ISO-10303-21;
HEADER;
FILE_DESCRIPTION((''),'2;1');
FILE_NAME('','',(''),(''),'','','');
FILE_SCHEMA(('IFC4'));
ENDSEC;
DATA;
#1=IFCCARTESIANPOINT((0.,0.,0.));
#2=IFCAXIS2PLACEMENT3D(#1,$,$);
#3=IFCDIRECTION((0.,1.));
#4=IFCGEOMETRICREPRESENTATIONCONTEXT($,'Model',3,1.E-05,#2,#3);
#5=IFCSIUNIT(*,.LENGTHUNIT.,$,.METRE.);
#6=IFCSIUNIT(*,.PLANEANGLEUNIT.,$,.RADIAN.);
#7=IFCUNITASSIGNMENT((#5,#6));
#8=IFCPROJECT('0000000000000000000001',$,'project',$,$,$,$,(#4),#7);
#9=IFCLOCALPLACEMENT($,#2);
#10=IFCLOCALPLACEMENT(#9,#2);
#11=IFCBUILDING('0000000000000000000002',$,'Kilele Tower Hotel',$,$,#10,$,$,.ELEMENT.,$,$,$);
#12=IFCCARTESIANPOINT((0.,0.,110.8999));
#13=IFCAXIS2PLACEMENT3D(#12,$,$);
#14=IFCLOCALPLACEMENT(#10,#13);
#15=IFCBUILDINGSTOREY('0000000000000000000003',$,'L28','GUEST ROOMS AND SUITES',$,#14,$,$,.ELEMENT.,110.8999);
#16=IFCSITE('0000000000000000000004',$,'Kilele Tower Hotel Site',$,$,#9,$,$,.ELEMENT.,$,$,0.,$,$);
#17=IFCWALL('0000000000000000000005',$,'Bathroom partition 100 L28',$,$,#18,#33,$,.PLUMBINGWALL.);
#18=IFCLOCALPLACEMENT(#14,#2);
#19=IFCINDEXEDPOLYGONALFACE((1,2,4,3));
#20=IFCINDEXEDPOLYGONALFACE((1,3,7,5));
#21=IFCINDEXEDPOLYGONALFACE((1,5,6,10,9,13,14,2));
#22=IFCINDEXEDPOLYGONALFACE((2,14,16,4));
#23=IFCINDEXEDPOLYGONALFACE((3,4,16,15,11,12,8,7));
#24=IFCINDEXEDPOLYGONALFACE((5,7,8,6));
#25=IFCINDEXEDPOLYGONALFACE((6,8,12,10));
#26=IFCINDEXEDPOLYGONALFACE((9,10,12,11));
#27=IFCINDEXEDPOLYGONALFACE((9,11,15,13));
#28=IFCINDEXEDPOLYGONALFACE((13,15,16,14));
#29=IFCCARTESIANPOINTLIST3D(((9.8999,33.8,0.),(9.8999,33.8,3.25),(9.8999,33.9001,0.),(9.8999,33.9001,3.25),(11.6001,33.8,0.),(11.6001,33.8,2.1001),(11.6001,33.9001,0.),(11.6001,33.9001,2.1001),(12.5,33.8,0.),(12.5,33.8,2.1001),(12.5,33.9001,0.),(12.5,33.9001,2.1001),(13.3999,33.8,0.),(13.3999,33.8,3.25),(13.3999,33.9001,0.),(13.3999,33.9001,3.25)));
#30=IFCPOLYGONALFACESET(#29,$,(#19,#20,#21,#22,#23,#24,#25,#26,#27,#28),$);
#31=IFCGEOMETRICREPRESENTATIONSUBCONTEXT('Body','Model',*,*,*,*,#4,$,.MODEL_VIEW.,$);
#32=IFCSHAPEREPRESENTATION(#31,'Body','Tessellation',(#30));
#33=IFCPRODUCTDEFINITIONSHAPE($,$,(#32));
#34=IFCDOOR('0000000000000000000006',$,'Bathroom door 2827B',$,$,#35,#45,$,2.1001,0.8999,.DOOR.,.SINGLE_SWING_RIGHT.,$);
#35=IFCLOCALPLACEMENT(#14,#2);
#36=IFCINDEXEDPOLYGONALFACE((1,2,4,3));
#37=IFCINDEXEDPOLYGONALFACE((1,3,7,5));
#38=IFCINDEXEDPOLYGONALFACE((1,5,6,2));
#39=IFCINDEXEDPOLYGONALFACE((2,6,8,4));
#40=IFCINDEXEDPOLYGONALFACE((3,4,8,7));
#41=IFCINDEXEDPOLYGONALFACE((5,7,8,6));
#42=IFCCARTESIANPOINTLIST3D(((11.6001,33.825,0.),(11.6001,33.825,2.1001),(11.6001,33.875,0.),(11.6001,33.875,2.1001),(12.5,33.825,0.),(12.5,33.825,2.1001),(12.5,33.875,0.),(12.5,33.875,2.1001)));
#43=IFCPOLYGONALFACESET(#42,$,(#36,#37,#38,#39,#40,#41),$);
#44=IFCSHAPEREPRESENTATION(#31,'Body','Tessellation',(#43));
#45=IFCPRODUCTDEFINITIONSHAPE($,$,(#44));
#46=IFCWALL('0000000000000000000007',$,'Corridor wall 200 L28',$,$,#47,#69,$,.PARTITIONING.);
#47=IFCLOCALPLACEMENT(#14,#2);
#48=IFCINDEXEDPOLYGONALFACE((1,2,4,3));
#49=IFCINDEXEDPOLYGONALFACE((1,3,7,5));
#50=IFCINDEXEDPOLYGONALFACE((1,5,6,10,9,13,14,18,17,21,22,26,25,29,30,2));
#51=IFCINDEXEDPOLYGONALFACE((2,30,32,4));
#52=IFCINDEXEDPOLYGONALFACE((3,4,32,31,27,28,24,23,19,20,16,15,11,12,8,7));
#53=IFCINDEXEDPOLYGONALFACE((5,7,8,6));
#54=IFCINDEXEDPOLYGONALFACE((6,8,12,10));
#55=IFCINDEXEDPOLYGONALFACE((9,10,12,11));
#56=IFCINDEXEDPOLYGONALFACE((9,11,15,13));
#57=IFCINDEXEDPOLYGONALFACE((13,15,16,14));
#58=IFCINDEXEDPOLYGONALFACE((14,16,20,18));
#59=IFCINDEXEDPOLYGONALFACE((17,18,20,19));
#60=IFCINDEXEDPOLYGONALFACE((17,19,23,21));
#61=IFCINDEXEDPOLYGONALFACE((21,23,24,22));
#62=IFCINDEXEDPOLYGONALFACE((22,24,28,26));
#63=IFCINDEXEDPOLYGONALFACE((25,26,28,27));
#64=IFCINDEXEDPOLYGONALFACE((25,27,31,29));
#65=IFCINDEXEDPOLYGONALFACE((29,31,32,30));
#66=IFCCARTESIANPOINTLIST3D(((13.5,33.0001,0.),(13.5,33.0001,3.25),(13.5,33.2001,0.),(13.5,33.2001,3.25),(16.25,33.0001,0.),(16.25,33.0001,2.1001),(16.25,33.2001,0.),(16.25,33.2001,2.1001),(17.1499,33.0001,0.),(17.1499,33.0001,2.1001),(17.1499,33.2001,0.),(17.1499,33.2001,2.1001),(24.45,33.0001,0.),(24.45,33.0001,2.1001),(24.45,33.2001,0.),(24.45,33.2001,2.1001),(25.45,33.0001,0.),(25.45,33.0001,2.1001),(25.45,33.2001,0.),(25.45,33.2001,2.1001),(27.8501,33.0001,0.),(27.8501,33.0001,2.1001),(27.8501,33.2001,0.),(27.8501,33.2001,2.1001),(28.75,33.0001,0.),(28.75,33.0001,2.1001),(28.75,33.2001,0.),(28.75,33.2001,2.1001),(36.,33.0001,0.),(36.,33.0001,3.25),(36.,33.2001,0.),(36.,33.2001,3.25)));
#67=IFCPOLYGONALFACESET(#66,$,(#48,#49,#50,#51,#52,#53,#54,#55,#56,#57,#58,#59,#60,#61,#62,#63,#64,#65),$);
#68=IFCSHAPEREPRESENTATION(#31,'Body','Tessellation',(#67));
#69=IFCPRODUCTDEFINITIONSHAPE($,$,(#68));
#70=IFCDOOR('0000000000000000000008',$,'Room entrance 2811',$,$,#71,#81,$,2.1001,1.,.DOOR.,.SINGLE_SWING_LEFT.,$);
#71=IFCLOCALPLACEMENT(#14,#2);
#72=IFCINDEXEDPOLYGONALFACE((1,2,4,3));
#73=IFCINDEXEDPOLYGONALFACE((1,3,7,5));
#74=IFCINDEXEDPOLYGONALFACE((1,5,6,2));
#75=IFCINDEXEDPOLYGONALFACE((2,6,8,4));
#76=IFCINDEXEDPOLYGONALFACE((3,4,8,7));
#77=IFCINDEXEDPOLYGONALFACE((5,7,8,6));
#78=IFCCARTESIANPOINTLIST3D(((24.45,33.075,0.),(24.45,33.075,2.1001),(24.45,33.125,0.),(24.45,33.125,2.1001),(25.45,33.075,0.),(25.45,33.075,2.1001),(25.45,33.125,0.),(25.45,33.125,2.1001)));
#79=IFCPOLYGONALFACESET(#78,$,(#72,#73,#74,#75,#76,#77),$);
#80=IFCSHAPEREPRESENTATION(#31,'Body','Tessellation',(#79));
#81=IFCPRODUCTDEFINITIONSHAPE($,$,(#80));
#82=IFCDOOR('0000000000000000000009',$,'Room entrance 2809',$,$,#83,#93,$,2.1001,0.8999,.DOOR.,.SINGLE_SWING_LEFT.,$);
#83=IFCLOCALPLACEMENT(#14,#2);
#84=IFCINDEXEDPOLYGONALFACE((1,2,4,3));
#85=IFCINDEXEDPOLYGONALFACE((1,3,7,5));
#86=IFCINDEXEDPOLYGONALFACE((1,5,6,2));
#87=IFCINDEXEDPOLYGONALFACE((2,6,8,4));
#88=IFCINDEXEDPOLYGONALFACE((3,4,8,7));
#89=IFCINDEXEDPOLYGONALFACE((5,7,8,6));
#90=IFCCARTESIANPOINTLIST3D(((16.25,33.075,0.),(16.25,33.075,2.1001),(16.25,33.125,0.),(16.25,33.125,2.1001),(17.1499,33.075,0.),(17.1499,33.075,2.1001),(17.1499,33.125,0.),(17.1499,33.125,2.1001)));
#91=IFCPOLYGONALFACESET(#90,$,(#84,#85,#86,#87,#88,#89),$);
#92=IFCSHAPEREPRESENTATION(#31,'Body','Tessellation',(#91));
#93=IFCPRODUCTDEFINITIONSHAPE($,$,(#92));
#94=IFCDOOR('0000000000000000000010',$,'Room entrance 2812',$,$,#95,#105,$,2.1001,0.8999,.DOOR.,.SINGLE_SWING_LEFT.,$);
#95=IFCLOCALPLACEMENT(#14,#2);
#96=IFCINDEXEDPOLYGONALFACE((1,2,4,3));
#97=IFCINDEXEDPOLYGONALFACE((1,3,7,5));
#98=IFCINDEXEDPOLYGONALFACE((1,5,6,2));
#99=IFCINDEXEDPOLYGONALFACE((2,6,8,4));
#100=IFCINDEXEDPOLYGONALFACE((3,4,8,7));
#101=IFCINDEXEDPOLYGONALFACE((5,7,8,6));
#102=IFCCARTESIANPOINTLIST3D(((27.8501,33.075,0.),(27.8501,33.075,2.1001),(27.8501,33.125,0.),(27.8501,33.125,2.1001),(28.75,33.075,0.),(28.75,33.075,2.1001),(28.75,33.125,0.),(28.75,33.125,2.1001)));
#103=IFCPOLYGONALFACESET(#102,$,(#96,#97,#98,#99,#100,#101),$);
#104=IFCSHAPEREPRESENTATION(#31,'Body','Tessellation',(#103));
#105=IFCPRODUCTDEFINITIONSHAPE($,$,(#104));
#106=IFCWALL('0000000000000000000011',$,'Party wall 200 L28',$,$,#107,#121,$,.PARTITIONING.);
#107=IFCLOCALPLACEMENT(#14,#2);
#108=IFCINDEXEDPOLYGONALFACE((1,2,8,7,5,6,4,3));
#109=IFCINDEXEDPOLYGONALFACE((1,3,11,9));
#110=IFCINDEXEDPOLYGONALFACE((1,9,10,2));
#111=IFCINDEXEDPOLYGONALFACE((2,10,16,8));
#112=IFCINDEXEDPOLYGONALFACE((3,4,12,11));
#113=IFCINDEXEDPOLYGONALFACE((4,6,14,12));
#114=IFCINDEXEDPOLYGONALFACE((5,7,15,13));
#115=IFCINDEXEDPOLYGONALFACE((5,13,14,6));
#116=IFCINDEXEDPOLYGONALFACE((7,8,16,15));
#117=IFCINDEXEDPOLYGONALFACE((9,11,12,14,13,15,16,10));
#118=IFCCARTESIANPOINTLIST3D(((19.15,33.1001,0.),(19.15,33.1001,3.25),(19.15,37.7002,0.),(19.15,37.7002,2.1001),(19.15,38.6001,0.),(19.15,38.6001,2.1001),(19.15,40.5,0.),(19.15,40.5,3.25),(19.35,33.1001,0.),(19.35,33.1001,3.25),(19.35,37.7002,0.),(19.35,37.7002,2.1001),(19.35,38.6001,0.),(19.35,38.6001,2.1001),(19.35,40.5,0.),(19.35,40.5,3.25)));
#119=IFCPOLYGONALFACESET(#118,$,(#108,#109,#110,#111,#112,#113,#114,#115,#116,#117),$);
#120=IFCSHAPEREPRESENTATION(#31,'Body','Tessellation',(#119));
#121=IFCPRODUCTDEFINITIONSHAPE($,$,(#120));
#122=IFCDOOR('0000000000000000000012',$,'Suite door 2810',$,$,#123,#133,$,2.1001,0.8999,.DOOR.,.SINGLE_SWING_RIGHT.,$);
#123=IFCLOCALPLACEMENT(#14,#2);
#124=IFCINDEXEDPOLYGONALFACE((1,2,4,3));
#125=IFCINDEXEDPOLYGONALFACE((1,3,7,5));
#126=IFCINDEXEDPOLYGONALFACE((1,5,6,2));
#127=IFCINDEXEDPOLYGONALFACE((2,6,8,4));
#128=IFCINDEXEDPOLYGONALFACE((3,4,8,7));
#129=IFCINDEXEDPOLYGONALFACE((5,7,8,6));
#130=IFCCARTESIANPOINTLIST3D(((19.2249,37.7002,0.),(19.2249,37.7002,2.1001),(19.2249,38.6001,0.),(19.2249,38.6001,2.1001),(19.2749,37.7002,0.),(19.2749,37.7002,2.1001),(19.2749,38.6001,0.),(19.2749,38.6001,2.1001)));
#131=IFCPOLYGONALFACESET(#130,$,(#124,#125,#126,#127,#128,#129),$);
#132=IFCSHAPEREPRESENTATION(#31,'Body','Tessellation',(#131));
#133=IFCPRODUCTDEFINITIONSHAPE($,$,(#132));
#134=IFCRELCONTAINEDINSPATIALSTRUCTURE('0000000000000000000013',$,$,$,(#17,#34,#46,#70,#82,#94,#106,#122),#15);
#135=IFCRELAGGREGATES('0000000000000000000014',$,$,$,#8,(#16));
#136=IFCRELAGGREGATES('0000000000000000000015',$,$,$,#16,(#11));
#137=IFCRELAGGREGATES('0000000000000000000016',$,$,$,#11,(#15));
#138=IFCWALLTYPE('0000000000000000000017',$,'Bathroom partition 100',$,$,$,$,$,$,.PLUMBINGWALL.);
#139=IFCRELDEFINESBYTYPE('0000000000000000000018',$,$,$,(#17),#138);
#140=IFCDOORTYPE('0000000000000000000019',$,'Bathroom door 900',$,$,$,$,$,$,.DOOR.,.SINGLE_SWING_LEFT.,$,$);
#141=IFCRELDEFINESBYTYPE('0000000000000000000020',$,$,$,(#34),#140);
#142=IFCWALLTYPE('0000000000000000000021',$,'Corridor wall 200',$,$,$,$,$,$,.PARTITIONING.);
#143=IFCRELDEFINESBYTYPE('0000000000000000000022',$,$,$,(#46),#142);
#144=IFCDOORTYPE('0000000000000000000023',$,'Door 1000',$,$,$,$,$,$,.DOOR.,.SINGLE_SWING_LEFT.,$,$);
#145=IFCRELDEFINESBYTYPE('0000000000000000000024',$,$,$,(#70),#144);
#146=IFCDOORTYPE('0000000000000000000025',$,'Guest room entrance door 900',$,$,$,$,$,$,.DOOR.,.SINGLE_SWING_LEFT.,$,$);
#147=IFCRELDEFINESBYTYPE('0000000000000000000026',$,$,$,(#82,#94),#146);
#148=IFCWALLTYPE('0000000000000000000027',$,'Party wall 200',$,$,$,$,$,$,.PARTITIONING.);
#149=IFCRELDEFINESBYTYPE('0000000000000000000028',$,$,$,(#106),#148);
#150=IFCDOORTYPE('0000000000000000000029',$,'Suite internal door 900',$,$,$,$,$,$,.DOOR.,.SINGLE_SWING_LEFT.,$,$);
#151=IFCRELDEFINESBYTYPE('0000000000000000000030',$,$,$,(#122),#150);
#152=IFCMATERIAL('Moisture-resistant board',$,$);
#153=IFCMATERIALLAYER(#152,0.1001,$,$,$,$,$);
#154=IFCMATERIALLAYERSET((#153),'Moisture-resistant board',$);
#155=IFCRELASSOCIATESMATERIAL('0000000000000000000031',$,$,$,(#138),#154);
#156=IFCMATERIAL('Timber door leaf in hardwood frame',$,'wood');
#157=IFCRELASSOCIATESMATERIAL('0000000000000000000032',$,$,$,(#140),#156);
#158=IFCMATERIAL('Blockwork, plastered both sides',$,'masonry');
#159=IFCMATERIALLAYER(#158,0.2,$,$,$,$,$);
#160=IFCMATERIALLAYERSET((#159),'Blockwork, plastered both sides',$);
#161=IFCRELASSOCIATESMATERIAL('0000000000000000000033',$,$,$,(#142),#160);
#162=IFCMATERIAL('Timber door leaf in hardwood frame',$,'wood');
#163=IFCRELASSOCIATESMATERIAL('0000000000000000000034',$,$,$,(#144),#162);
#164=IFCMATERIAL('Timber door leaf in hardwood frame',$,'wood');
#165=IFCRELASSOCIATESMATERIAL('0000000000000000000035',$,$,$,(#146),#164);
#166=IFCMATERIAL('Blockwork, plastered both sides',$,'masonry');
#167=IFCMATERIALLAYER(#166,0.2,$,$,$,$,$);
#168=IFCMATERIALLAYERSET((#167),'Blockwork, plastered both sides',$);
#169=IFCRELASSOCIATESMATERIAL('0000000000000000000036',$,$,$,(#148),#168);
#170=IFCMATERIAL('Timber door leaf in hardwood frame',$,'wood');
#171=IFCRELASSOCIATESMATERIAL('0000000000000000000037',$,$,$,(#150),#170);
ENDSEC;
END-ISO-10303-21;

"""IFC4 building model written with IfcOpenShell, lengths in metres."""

from ifc_helpers import new_model, si_unit, direction, frame, frame_2d, origin, place, context, subcontext, project, spatial, rectangle, extrude, material, layer, layer_set, type_object, element, fill, save


model = new_model("IFC4")

# Units and contexts
model_context = context("Model", 3, precision=1e-05, world=origin(), true_north=direction((0.0, 1.0)))
body_context = subcontext(model_context, "Body", "Model", "MODEL_VIEW")
ifc_project = project(units=[si_unit("LENGTHUNIT", "METRE"), si_unit("PLANEANGLEUNIT", "RADIAN")], contexts=[model_context])

# Site, building, storey
site_placement = place(None, origin())
site = spatial("IfcSite", under=ifc_project, at=site_placement, Name="Kilele Tower Hotel Site", CompositionType="ELEMENT", RefElevation=0.0)
building_placement = place(site_placement, origin())
building = spatial("IfcBuilding", under=site, at=building_placement, Name="Kilele Tower Hotel", CompositionType="ELEMENT")
storey_placement = place(building_placement, frame((0.0, 0.0, 110.8999)))
storey = spatial("IfcBuildingStorey", under=building, at=storey_placement, Name="L28", Description="GUEST ROOMS AND SUITES", CompositionType="ELEMENT", Elevation=110.8999)

# Shared definitions
ifc_material_1 = material(Name="Moisture-resistant board")
ifc_layer_1 = layer(ifc_material_1, 0.1001)
ifc_layer_set_1 = layer_set([ifc_layer_1], Name="Moisture-resistant board")
wall_type_1 = type_object("IfcWallType", Name="Bathroom partition 100", PredefinedType="PLUMBINGWALL", material=ifc_layer_set_1)

# Shared definitions
ifc_material_2 = material(Name="Timber door leaf in hardwood frame", Category="wood")
door_type_1 = type_object("IfcDoorType", Name="Bathroom door 900", OperationType="SINGLE_SWING_LEFT", PredefinedType="DOOR", material=ifc_material_2)

# Wall, opening, door
wall_1_placement = place(storey_placement, frame((13.3999, 33.8501, 0.0), z_axis=(0.0, 0.0, 1.0), x_axis=(-1.0, 0.0, 0.0)))
wall_1 = element("IfcWall", 1, at=wall_1_placement, inside=storey, type_object=wall_type_1, Name="Bathroom partition 100 L28", PredefinedType="PLUMBINGWALL", context=body_context, shape_type="SweptSolid", body=[
    extrude(rectangle(XDim=3.5, YDim=0.1001, at=frame_2d((1.75, 0.0))), origin(), (0.0, 0.0, 1.0), 3.25),
])
opening_1_placement = place(wall_1_placement, frame((1.7998, 0.0, 0.0), z_axis=(0.0, 0.0, 1.0), x_axis=(-1.0, 0.0, 0.0)))
opening_1 = element("IfcOpeningElement", 2, at=opening_1_placement, cuts=wall_1, PredefinedType="OPENING", context=body_context, shape_type="SweptSolid", body=[
    extrude(rectangle(XDim=0.8999, YDim=2.1001, at=frame_2d((0.45, 1.05))), frame((0.0, 0.0601, 0.0), z_axis=(0.0, -1.0, 0.0), x_axis=(1.0, 0.0, 0.0)), (0.0, 0.0, 1.0), 0.1201),
])
door_1_placement = place(opening_1_placement, origin())
door_1 = element("IfcDoor", 3, at=door_1_placement, inside=storey, type_object=door_type_1, Name="Bathroom door 2827B", OperationType="SINGLE_SWING_RIGHT", OverallHeight=2.1001, OverallWidth=0.8999, PredefinedType="DOOR", context=body_context, shape_type="SweptSolid", body=[
    extrude(rectangle(XDim=0.8999, YDim=2.1001, at=frame_2d((0.45, 1.05))), frame((0.0, 0.0249, 0.0), z_axis=(0.0, -1.0, 0.0), x_axis=(1.0, 0.0, 0.0)), (0.0, 0.0, 1.0), 0.05),
])
fill(opening_1, door_1)

# Wall, openings, doors
ifc_material_3 = material(Name="Blockwork, plastered both sides", Category="masonry")
ifc_layer_2 = layer(ifc_material_3, 0.2)
ifc_layer_set_2 = layer_set([ifc_layer_2], Name="Blockwork, plastered both sides")
wall_type_2 = type_object("IfcWallType", Name="Corridor wall 200", PredefinedType="PARTITIONING", material=ifc_layer_set_2)
wall_2_placement = place(storey_placement, frame((13.5, 33.1001, 0.0), z_axis=(0.0, 0.0, 1.0), x_axis=(1.0, 0.0, 0.0)))
wall_2 = element("IfcWall", 4, at=wall_2_placement, inside=storey, type_object=wall_type_2, Name="Corridor wall 200 L28", PredefinedType="PARTITIONING", context=body_context, shape_type="SweptSolid", body=[
    extrude(rectangle(XDim=22.5, YDim=0.2, at=frame_2d((11.25, 0.0))), origin(), (0.0, 0.0, 1.0), 3.25),
])
opening_2_placement = place(wall_2_placement, frame((2.75, 0.0, 0.0)))
opening_2 = element("IfcOpeningElement", 5, at=opening_2_placement, cuts=wall_2, PredefinedType="OPENING", context=body_context, shape_type="SweptSolid", body=[
    extrude(rectangle(XDim=0.8999, YDim=2.1001, at=frame_2d((0.45, 1.05))), frame((0.0, 0.1099, 0.0), z_axis=(0.0, -1.0, 0.0), x_axis=(1.0, 0.0, 0.0)), (0.0, 0.0, 1.0), 0.22),
])
opening_3_placement = place(wall_2_placement, frame((10.95, 0.0, 0.0)))
opening_3 = element("IfcOpeningElement", 6, at=opening_3_placement, cuts=wall_2, PredefinedType="OPENING", context=body_context, shape_type="SweptSolid", body=[
    extrude(rectangle(XDim=1.0, YDim=2.1001, at=frame_2d((0.5, 1.05))), frame((0.0, 0.1099, 0.0), z_axis=(0.0, -1.0, 0.0), x_axis=(1.0, 0.0, 0.0)), (0.0, 0.0, 1.0), 0.22),
])
opening_4_placement = place(wall_2_placement, frame((14.3501, 0.0, 0.0)))
opening_4 = element("IfcOpeningElement", 7, at=opening_4_placement, cuts=wall_2, PredefinedType="OPENING", context=body_context, shape_type="SweptSolid", body=[
    extrude(rectangle(XDim=0.8999, YDim=2.1001, at=frame_2d((0.45, 1.05))), frame((0.0, 0.1099, 0.0), z_axis=(0.0, -1.0, 0.0), x_axis=(1.0, 0.0, 0.0)), (0.0, 0.0, 1.0), 0.22),
])
ifc_material_4 = material(Name="Timber door leaf in hardwood frame", Category="wood")
door_type_2 = type_object("IfcDoorType", Name="Door 1000", OperationType="SINGLE_SWING_LEFT", PredefinedType="DOOR", material=ifc_material_4)
door_2_placement = place(opening_3_placement, origin())
door_2 = element("IfcDoor", 8, at=door_2_placement, inside=storey, type_object=door_type_2, Name="Room entrance 2811", OperationType="SINGLE_SWING_LEFT", OverallHeight=2.1001, OverallWidth=1.0, PredefinedType="DOOR", context=body_context, shape_type="SweptSolid", body=[
    extrude(rectangle(XDim=1.0, YDim=2.1001, at=frame_2d((0.5, 1.05))), frame((0.0, 0.0249, 0.0), z_axis=(0.0, -1.0, 0.0), x_axis=(1.0, 0.0, 0.0)), (0.0, 0.0, 1.0), 0.05),
])
fill(opening_3, door_2)
ifc_material_5 = material(Name="Timber door leaf in hardwood frame", Category="wood")
door_type_3 = type_object("IfcDoorType", Name="Guest room entrance door 900", OperationType="SINGLE_SWING_LEFT", PredefinedType="DOOR", material=ifc_material_5)
door_3_placement = place(opening_2_placement, origin())
door_3 = element("IfcDoor", 9, at=door_3_placement, inside=storey, type_object=door_type_3, Name="Room entrance 2809", OperationType="SINGLE_SWING_LEFT", OverallHeight=2.1001, OverallWidth=0.8999, PredefinedType="DOOR", context=body_context, shape_type="SweptSolid", body=[
    extrude(rectangle(XDim=0.8999, YDim=2.1001, at=frame_2d((0.45, 1.05))), frame((0.0, 0.0249, 0.0), z_axis=(0.0, -1.0, 0.0), x_axis=(1.0, 0.0, 0.0)), (0.0, 0.0, 1.0), 0.05),
])
fill(opening_2, door_3)
door_4_placement = place(opening_4_placement, origin())
door_4 = element("IfcDoor", 10, at=door_4_placement, inside=storey, type_object=door_type_3, Name="Room entrance 2812", OperationType="SINGLE_SWING_LEFT", OverallHeight=2.1001, OverallWidth=0.8999, PredefinedType="DOOR", context=body_context, shape_type="SweptSolid", body=[
    extrude(rectangle(XDim=0.8999, YDim=2.1001, at=frame_2d((0.45, 1.05))), frame((0.0, 0.0249, 0.0), z_axis=(0.0, -1.0, 0.0), x_axis=(1.0, 0.0, 0.0)), (0.0, 0.0, 1.0), 0.05),
])
fill(opening_4, door_4)

# Wall, opening, door
ifc_material_6 = material(Name="Blockwork, plastered both sides", Category="masonry")
ifc_layer_3 = layer(ifc_material_6, 0.2)
ifc_layer_set_3 = layer_set([ifc_layer_3], Name="Blockwork, plastered both sides")
wall_type_3 = type_object("IfcWallType", Name="Party wall 200", PredefinedType="PARTITIONING", material=ifc_layer_set_3)
wall_3_placement = place(storey_placement, frame((19.25, 33.1001, 0.0), z_axis=(0.0, 0.0, 1.0), x_axis=(0.0, 1.0, 0.0)))
wall_3 = element("IfcWall", 11, at=wall_3_placement, inside=storey, type_object=wall_type_3, Name="Party wall 200 L28", PredefinedType="PARTITIONING", context=body_context, shape_type="SweptSolid", body=[
    extrude(rectangle(XDim=7.3999, YDim=0.2, at=frame_2d((3.7, 0.0))), origin(), (0.0, 0.0, 1.0), 3.25),
])
opening_5_placement = place(wall_3_placement, frame((5.5, 0.0, 0.0), z_axis=(0.0, 0.0, 1.0), x_axis=(-1.0, 0.0, 0.0)))
opening_5 = element("IfcOpeningElement", 12, at=opening_5_placement, cuts=wall_3, PredefinedType="OPENING", context=body_context, shape_type="SweptSolid", body=[
    extrude(rectangle(XDim=0.8999, YDim=2.1001, at=frame_2d((0.45, 1.05))), frame((0.0, 0.1099, 0.0), z_axis=(0.0, -1.0, 0.0), x_axis=(1.0, 0.0, 0.0)), (0.0, 0.0, 1.0), 0.22),
])
ifc_material_7 = material(Name="Timber door leaf in hardwood frame", Category="wood")
door_type_4 = type_object("IfcDoorType", Name="Suite internal door 900", OperationType="SINGLE_SWING_LEFT", PredefinedType="DOOR", material=ifc_material_7)
door_5_placement = place(opening_5_placement, origin())
door_5 = element("IfcDoor", 13, at=door_5_placement, inside=storey, type_object=door_type_4, Name="Suite door 2810", OperationType="SINGLE_SWING_RIGHT", OverallHeight=2.1001, OverallWidth=0.8999, PredefinedType="DOOR", context=body_context, shape_type="SweptSolid", body=[
    extrude(rectangle(XDim=0.8999, YDim=2.1001, at=frame_2d((0.45, 1.05))), frame((0.0, 0.0249, 0.0), z_axis=(0.0, -1.0, 0.0), x_axis=(1.0, 0.0, 0.0)), (0.0, 0.0, 1.0), 0.05),
])
fill(opening_5, door_5)

save(model, "model.ifc")
